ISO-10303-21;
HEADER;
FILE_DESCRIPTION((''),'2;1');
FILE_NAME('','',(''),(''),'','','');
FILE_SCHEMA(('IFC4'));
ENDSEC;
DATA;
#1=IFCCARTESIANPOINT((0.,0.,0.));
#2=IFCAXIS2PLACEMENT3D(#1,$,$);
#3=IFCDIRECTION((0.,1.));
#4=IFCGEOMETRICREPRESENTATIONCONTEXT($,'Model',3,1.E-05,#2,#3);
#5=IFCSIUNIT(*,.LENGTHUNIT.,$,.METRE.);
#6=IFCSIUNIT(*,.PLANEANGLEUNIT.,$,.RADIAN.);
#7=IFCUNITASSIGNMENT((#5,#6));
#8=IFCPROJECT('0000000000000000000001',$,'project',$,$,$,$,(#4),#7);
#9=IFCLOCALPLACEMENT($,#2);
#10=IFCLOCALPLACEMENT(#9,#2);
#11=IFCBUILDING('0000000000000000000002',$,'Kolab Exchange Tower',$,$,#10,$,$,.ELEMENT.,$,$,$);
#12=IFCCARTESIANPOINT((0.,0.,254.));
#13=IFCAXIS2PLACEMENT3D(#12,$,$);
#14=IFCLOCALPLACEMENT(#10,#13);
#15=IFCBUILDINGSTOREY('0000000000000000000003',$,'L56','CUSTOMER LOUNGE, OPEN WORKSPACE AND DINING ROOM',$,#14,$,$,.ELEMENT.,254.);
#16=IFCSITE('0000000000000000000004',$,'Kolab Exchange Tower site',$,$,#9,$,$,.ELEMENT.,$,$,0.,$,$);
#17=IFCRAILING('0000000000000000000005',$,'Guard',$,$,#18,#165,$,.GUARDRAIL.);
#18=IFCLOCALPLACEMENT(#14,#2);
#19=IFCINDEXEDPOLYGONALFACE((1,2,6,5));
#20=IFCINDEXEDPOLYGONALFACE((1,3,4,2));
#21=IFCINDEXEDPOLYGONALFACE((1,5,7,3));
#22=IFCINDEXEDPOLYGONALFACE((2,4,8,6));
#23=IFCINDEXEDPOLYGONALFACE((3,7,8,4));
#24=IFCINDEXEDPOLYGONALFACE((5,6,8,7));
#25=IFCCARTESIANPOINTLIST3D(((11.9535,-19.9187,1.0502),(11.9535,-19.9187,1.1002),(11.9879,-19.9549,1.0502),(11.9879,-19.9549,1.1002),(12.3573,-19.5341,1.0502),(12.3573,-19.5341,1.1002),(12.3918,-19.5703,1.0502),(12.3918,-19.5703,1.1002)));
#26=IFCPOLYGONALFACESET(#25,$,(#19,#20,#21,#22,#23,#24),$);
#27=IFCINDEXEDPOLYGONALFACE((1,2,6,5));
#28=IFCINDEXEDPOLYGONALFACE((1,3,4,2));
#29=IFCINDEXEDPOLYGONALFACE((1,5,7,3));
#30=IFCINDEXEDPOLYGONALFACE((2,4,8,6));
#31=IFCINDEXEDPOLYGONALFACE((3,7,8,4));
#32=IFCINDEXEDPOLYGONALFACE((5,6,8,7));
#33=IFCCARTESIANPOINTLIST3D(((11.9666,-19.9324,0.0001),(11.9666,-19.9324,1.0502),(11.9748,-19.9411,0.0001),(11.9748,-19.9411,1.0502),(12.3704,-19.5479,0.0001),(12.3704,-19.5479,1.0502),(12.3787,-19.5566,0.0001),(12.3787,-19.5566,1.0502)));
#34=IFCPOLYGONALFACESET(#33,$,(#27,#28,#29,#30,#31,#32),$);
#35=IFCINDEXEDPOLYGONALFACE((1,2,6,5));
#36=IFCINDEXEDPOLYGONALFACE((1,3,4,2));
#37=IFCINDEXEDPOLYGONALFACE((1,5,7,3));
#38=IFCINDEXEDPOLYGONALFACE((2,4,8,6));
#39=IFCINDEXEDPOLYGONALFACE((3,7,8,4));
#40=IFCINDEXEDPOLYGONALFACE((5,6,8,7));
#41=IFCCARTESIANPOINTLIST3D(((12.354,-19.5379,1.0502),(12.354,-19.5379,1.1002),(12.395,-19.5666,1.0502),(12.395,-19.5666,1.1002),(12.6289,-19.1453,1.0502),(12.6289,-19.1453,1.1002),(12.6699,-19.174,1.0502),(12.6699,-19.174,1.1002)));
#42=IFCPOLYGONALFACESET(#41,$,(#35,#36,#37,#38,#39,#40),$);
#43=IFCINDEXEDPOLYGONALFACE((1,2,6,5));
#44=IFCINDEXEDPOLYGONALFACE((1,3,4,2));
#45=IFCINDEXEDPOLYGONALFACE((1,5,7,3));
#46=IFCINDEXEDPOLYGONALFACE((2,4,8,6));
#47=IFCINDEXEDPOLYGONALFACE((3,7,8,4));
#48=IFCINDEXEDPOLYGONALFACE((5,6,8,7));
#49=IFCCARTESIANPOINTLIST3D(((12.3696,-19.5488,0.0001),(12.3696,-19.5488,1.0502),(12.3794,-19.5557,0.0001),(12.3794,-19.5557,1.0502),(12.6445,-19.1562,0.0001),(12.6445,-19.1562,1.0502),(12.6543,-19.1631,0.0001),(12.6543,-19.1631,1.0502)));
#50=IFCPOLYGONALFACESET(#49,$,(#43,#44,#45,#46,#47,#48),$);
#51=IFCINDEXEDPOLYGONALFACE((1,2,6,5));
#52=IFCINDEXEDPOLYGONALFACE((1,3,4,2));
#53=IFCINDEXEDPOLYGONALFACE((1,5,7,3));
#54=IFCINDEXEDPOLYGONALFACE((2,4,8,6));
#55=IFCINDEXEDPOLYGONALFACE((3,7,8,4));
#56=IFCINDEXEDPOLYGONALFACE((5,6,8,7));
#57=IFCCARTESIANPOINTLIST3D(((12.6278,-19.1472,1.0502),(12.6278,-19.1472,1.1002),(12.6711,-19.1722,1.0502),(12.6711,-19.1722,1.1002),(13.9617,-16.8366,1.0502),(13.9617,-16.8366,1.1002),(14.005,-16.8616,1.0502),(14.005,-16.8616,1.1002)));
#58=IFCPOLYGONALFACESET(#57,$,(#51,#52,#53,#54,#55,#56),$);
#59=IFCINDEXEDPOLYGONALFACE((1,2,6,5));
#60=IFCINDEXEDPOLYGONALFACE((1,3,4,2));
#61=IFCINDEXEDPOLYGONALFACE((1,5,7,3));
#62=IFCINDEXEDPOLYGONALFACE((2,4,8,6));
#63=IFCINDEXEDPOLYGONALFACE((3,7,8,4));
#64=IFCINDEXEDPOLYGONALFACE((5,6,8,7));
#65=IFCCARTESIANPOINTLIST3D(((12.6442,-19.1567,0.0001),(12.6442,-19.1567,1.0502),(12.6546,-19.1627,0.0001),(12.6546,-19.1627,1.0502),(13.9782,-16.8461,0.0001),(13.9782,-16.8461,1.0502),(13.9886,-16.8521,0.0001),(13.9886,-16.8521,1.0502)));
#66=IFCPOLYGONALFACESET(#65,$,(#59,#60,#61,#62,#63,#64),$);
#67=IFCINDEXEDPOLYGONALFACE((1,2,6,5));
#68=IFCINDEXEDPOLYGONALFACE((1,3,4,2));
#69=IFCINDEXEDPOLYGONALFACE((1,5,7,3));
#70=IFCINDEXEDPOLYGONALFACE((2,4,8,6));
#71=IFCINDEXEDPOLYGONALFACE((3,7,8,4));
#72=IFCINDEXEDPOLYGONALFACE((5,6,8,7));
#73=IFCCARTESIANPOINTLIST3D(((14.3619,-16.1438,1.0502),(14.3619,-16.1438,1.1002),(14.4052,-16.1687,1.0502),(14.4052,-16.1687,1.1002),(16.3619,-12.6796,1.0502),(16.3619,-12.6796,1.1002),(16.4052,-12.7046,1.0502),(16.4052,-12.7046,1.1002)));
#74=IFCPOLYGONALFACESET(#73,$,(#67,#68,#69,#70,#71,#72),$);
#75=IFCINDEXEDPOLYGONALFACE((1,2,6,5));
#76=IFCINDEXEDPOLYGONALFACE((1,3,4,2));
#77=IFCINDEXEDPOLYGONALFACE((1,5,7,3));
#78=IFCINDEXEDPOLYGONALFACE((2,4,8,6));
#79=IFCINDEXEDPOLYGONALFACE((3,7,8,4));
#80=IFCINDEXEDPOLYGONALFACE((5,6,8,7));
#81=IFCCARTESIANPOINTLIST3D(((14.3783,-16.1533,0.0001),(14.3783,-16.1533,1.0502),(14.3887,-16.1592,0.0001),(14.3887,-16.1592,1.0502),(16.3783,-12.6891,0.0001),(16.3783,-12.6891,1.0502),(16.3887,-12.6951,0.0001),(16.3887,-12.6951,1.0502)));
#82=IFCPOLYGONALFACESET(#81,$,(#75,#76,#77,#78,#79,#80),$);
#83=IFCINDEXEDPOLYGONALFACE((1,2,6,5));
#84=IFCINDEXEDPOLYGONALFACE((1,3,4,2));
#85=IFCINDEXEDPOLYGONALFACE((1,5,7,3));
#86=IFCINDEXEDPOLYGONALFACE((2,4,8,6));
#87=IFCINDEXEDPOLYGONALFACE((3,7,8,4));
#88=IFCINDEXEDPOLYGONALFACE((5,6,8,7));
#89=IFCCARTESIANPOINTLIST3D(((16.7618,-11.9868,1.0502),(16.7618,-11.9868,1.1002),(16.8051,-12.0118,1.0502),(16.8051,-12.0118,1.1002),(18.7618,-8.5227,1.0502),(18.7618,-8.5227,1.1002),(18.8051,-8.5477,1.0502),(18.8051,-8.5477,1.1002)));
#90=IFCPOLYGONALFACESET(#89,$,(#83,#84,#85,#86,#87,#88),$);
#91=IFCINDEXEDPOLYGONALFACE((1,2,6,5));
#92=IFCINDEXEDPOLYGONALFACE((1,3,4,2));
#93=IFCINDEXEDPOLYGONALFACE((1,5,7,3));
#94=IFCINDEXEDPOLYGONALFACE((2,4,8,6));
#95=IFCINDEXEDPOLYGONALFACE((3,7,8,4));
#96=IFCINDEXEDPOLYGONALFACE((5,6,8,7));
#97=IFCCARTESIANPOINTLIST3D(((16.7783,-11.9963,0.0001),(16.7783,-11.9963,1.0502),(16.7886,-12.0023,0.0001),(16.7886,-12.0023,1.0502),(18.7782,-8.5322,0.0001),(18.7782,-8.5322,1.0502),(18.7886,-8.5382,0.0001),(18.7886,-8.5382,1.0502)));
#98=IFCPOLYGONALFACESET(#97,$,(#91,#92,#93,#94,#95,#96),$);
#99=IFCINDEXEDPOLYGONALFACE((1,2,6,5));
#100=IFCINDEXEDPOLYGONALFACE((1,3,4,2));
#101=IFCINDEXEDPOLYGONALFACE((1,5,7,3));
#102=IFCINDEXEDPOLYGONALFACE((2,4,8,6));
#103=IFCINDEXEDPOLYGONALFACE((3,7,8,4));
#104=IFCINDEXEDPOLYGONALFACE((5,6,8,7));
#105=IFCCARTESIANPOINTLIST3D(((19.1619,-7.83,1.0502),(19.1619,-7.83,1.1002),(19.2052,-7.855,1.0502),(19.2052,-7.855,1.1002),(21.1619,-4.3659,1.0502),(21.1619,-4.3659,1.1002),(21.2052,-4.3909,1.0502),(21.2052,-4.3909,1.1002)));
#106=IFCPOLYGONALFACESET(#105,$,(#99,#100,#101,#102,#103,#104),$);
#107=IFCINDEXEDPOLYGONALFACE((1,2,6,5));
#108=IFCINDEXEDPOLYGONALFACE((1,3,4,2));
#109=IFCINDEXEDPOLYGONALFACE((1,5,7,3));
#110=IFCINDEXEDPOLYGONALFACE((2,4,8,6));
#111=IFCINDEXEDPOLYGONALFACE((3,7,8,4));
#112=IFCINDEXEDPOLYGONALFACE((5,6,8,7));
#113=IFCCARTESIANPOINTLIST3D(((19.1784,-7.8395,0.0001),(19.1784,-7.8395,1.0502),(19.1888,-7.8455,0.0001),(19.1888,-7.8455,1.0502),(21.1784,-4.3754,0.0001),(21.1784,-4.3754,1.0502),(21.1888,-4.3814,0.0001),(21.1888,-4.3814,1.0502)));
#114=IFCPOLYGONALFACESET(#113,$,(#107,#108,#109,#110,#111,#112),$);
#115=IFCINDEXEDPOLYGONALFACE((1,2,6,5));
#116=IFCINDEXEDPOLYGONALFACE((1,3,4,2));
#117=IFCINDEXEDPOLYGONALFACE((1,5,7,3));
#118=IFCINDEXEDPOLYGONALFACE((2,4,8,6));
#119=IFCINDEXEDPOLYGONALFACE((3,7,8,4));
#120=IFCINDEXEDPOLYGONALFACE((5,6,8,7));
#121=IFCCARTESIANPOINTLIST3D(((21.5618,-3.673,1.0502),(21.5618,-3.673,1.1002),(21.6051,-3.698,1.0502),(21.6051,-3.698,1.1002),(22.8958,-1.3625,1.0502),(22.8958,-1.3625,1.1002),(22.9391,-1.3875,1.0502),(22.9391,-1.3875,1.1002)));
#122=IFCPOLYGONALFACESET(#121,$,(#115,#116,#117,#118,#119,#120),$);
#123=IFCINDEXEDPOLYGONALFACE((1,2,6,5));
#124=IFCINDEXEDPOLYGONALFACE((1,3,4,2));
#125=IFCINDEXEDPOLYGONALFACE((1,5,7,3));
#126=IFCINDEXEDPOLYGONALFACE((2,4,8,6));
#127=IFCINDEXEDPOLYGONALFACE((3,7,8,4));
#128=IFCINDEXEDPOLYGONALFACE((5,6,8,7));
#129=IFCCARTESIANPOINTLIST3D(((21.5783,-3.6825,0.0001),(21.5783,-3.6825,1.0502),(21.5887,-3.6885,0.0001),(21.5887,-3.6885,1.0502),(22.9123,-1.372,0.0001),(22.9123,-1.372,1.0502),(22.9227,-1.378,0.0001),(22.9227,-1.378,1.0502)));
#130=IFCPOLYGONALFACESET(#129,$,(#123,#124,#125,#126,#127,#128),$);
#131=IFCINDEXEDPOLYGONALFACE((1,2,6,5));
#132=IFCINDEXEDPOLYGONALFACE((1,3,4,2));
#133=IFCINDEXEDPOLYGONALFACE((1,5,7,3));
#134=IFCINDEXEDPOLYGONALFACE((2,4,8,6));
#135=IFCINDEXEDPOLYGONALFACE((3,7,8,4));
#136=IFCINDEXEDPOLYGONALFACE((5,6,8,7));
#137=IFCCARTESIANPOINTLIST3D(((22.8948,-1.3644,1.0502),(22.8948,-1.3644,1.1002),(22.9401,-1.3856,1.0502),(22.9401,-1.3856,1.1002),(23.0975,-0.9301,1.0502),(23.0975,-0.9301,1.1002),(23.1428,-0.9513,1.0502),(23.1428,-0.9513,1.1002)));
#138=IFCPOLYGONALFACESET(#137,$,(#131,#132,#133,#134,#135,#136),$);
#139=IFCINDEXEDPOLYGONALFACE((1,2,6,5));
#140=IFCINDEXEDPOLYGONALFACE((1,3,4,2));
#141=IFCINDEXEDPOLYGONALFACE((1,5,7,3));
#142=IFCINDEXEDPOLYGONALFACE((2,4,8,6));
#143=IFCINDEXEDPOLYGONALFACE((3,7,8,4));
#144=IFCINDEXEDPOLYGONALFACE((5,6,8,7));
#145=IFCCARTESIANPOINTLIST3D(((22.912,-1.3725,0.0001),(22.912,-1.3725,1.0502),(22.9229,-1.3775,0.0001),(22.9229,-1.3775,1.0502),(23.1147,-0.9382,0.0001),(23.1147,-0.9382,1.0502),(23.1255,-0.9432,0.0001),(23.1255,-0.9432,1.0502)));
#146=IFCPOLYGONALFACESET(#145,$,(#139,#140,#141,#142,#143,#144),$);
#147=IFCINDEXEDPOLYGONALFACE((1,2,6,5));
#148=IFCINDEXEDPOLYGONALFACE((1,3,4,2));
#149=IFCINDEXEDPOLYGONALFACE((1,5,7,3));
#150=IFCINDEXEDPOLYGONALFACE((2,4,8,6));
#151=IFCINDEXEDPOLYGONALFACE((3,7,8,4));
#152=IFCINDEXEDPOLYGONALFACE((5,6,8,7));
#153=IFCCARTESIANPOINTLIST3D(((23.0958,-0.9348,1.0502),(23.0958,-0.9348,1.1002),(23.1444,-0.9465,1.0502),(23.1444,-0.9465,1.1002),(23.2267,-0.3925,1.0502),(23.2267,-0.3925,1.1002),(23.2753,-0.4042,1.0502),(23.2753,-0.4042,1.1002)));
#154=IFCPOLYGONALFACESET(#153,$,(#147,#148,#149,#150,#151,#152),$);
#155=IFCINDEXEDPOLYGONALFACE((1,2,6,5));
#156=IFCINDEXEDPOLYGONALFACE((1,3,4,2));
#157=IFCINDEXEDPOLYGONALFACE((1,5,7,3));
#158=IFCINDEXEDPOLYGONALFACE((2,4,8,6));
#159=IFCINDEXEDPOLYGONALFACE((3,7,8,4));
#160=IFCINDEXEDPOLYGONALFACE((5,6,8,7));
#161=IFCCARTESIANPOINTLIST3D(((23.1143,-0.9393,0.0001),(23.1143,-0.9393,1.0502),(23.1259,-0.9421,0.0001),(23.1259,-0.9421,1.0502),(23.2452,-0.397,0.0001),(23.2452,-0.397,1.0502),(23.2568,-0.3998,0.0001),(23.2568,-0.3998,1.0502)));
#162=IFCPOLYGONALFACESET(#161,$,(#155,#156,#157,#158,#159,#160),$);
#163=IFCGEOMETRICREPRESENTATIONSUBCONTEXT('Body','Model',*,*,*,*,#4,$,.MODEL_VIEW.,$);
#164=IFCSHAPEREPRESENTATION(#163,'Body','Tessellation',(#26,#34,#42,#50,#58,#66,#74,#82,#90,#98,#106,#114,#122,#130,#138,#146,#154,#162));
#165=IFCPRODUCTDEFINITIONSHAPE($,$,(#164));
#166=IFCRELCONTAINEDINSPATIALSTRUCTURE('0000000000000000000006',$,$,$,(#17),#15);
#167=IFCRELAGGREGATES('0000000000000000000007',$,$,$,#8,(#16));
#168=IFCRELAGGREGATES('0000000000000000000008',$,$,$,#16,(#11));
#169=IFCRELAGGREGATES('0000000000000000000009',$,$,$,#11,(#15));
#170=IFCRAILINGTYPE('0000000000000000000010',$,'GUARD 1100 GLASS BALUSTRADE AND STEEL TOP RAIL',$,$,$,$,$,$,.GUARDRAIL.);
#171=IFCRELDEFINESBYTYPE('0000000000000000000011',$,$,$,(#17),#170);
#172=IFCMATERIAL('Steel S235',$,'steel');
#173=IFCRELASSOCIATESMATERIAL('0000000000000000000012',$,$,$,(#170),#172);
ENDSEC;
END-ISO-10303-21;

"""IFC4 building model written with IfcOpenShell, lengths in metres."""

from ifc_helpers import new_model, si_unit, direction, frame, frame_2d, origin, origin_2d, place, context, subcontext, project, spatial, rectangle, extrude, material, type_object, element, save


model = new_model("IFC4")

# Units and contexts
model_context = context("Model", 3, precision=1e-05, world=origin(), true_north=direction((0.0, 1.0)))
body_context = subcontext(model_context, "Body", "Model", "MODEL_VIEW")
ifc_project = project(units=[si_unit("LENGTHUNIT", "METRE"), si_unit("PLANEANGLEUNIT", "RADIAN")], contexts=[model_context])

# Site, building, storey
site_placement = place(None, origin())
site = spatial("IfcSite", under=ifc_project, at=site_placement, Name="Kolab Exchange Tower site", CompositionType="ELEMENT", RefElevation=0.0)
building_placement = place(site_placement, origin())
building = spatial("IfcBuilding", under=site, at=building_placement, Name="Kolab Exchange Tower", CompositionType="ELEMENT")
storey_placement = place(building_placement, frame((0.0, 0.0, 254.0)))
storey = spatial("IfcBuildingStorey", under=building, at=storey_placement, Name="L56", Description="CUSTOMER LOUNGE, OPEN WORKSPACE AND DINING ROOM", CompositionType="ELEMENT", Elevation=254.0)

# Railing
ifc_material_1 = material(Name="Steel S235", Category="steel")
railing_type = type_object("IfcRailingType", Name="GUARD 1100 GLASS BALUSTRADE AND STEEL TOP RAIL", PredefinedType="GUARDRAIL", material=ifc_material_1)
railing_placement = place(storey_placement, frame((11.9707, -19.9368, 0.0)))
element("IfcRailing", 1, at=railing_placement, inside=storey, type_object=railing_type, Name="Guard", PredefinedType="GUARDRAIL", context=body_context, shape_type="SweptSolid", body=[
    extrude(rectangle(XDim=0.05, YDim=0.05, at=origin_2d()), frame((0.0, 0.0, 1.0752), z_axis=(0.72419, 0.689601, 0.0), x_axis=(-0.689601, 0.72419, 0.0)), (0.0, 0.0, 1.0), 0.5576),
    extrude(rectangle(XDim=0.012, YDim=1.0501, at=frame_2d((0.0, 0.5251))), frame((0.0, 0.0, 0.0), z_axis=(0.72419, 0.689601, 0.0), x_axis=(-0.689601, 0.72419, 0.0)), (0.0, 0.0, 1.0), 0.5576),
    extrude(rectangle(XDim=0.05, YDim=0.05, at=origin_2d()), frame((0.4038, 0.3845, 1.0752), z_axis=(0.573599, 0.819136, 0.0), x_axis=(-0.819136, 0.573599, 0.0)), (0.0, 0.0, 1.0), 0.4792),
    extrude(rectangle(XDim=0.012, YDim=1.0501, at=frame_2d((0.0, 0.5251))), frame((0.4038, 0.3845, 0.0), z_axis=(0.573599, 0.819136, 0.0), x_axis=(-0.819136, 0.573599, 0.0)), (0.0, 0.0, 1.0), 0.4792),
    extrude(rectangle(XDim=0.05, YDim=0.05, at=origin_2d()), frame((0.6787, 0.7771, 1.0752), z_axis=(0.499997, 0.866027, 0.0), x_axis=(-0.866027, 0.499997, 0.0)), (0.0, 0.0, 1.0), 2.668),
    extrude(rectangle(XDim=0.012, YDim=1.0501, at=frame_2d((0.0, 0.5251))), frame((0.6787, 0.7771, 0.0), z_axis=(0.499997, 0.866027, 0.0), x_axis=(-0.866027, 0.499997, 0.0)), (0.0, 0.0, 1.0), 2.668),
    extrude(rectangle(XDim=0.05, YDim=0.05, at=origin_2d()), frame((2.4128, 3.7805, 1.0752), z_axis=(0.499999, 0.866026, 0.0), x_axis=(-0.866026, 0.499999, 0.0)), (0.0, 0.0, 1.0), 4.0),
    extrude(rectangle(XDim=0.012, YDim=1.0501, at=frame_2d((0.0, 0.5251))), frame((2.4128, 3.7805, 0.0), z_axis=(0.499999, 0.866026, 0.0), x_axis=(-0.866026, 0.499999, 0.0)), (0.0, 0.0, 1.0), 4.0),
    extrude(rectangle(XDim=0.05, YDim=0.05, at=origin_2d()), frame((4.8127, 7.9375, 1.0752), z_axis=(0.499999, 0.866026, 0.0), x_axis=(-0.866026, 0.499999, 0.0)), (0.0, 0.0, 1.0), 4.0),
    extrude(rectangle(XDim=0.012, YDim=1.0501, at=frame_2d((0.0, 0.5251))), frame((4.8127, 7.9375, 0.0), z_axis=(0.499999, 0.866026, 0.0), x_axis=(-0.866026, 0.499999, 0.0)), (0.0, 0.0, 1.0), 4.0),
    extrude(rectangle(XDim=0.05, YDim=0.05, at=origin_2d()), frame((7.2129, 12.0942, 1.0752), z_axis=(0.499999, 0.866026, 0.0), x_axis=(-0.866026, 0.499999, 0.0)), (0.0, 0.0, 1.0), 4.0),
    extrude(rectangle(XDim=0.012, YDim=1.0501, at=frame_2d((0.0, 0.5251))), frame((7.2129, 12.0942, 0.0), z_axis=(0.499999, 0.866026, 0.0), x_axis=(-0.866026, 0.499999, 0.0)), (0.0, 0.0, 1.0), 4.0),
    extrude(rectangle(XDim=0.05, YDim=0.05, at=origin_2d()), frame((9.6128, 16.2512, 1.0752), z_axis=(0.499997, 0.866027, 0.0), x_axis=(-0.866027, 0.499997, 0.0)), (0.0, 0.0, 1.0), 2.668),
    extrude(rectangle(XDim=0.012, YDim=1.0501, at=frame_2d((0.0, 0.5251))), frame((9.6128, 16.2512, 0.0), z_axis=(0.499997, 0.866027, 0.0), x_axis=(-0.866027, 0.499997, 0.0)), (0.0, 0.0, 1.0), 2.668),
    extrude(rectangle(XDim=0.05, YDim=0.05, at=origin_2d()), frame((10.9468, 18.5618, 1.0752), z_axis=(0.422802, 0.906222, 0.0), x_axis=(-0.906222, 0.422802, 0.0)), (0.0, 0.0, 1.0), 0.4792),
    extrude(rectangle(XDim=0.012, YDim=1.0501, at=frame_2d((0.0, 0.5251))), frame((10.9468, 18.5618, 0.0), z_axis=(0.422802, 0.906222, 0.0), x_axis=(-0.906222, 0.422802, 0.0)), (0.0, 0.0, 1.0), 0.4792),
    extrude(rectangle(XDim=0.05, YDim=0.05, at=origin_2d()), frame((11.1494, 18.9961, 1.0752), z_axis=(0.234598, 0.972093, 0.0), x_axis=(-0.972093, 0.234598, 0.0)), (0.0, 0.0, 1.0), 0.5579),
    extrude(rectangle(XDim=0.012, YDim=1.0501, at=frame_2d((0.0, 0.5251))), frame((11.1494, 18.9961, 0.0), z_axis=(0.234598, 0.972093, 0.0), x_axis=(-0.972093, 0.234598, 0.0)), (0.0, 0.0, 1.0), 0.5579),
])

save(model, "model.ifc")
